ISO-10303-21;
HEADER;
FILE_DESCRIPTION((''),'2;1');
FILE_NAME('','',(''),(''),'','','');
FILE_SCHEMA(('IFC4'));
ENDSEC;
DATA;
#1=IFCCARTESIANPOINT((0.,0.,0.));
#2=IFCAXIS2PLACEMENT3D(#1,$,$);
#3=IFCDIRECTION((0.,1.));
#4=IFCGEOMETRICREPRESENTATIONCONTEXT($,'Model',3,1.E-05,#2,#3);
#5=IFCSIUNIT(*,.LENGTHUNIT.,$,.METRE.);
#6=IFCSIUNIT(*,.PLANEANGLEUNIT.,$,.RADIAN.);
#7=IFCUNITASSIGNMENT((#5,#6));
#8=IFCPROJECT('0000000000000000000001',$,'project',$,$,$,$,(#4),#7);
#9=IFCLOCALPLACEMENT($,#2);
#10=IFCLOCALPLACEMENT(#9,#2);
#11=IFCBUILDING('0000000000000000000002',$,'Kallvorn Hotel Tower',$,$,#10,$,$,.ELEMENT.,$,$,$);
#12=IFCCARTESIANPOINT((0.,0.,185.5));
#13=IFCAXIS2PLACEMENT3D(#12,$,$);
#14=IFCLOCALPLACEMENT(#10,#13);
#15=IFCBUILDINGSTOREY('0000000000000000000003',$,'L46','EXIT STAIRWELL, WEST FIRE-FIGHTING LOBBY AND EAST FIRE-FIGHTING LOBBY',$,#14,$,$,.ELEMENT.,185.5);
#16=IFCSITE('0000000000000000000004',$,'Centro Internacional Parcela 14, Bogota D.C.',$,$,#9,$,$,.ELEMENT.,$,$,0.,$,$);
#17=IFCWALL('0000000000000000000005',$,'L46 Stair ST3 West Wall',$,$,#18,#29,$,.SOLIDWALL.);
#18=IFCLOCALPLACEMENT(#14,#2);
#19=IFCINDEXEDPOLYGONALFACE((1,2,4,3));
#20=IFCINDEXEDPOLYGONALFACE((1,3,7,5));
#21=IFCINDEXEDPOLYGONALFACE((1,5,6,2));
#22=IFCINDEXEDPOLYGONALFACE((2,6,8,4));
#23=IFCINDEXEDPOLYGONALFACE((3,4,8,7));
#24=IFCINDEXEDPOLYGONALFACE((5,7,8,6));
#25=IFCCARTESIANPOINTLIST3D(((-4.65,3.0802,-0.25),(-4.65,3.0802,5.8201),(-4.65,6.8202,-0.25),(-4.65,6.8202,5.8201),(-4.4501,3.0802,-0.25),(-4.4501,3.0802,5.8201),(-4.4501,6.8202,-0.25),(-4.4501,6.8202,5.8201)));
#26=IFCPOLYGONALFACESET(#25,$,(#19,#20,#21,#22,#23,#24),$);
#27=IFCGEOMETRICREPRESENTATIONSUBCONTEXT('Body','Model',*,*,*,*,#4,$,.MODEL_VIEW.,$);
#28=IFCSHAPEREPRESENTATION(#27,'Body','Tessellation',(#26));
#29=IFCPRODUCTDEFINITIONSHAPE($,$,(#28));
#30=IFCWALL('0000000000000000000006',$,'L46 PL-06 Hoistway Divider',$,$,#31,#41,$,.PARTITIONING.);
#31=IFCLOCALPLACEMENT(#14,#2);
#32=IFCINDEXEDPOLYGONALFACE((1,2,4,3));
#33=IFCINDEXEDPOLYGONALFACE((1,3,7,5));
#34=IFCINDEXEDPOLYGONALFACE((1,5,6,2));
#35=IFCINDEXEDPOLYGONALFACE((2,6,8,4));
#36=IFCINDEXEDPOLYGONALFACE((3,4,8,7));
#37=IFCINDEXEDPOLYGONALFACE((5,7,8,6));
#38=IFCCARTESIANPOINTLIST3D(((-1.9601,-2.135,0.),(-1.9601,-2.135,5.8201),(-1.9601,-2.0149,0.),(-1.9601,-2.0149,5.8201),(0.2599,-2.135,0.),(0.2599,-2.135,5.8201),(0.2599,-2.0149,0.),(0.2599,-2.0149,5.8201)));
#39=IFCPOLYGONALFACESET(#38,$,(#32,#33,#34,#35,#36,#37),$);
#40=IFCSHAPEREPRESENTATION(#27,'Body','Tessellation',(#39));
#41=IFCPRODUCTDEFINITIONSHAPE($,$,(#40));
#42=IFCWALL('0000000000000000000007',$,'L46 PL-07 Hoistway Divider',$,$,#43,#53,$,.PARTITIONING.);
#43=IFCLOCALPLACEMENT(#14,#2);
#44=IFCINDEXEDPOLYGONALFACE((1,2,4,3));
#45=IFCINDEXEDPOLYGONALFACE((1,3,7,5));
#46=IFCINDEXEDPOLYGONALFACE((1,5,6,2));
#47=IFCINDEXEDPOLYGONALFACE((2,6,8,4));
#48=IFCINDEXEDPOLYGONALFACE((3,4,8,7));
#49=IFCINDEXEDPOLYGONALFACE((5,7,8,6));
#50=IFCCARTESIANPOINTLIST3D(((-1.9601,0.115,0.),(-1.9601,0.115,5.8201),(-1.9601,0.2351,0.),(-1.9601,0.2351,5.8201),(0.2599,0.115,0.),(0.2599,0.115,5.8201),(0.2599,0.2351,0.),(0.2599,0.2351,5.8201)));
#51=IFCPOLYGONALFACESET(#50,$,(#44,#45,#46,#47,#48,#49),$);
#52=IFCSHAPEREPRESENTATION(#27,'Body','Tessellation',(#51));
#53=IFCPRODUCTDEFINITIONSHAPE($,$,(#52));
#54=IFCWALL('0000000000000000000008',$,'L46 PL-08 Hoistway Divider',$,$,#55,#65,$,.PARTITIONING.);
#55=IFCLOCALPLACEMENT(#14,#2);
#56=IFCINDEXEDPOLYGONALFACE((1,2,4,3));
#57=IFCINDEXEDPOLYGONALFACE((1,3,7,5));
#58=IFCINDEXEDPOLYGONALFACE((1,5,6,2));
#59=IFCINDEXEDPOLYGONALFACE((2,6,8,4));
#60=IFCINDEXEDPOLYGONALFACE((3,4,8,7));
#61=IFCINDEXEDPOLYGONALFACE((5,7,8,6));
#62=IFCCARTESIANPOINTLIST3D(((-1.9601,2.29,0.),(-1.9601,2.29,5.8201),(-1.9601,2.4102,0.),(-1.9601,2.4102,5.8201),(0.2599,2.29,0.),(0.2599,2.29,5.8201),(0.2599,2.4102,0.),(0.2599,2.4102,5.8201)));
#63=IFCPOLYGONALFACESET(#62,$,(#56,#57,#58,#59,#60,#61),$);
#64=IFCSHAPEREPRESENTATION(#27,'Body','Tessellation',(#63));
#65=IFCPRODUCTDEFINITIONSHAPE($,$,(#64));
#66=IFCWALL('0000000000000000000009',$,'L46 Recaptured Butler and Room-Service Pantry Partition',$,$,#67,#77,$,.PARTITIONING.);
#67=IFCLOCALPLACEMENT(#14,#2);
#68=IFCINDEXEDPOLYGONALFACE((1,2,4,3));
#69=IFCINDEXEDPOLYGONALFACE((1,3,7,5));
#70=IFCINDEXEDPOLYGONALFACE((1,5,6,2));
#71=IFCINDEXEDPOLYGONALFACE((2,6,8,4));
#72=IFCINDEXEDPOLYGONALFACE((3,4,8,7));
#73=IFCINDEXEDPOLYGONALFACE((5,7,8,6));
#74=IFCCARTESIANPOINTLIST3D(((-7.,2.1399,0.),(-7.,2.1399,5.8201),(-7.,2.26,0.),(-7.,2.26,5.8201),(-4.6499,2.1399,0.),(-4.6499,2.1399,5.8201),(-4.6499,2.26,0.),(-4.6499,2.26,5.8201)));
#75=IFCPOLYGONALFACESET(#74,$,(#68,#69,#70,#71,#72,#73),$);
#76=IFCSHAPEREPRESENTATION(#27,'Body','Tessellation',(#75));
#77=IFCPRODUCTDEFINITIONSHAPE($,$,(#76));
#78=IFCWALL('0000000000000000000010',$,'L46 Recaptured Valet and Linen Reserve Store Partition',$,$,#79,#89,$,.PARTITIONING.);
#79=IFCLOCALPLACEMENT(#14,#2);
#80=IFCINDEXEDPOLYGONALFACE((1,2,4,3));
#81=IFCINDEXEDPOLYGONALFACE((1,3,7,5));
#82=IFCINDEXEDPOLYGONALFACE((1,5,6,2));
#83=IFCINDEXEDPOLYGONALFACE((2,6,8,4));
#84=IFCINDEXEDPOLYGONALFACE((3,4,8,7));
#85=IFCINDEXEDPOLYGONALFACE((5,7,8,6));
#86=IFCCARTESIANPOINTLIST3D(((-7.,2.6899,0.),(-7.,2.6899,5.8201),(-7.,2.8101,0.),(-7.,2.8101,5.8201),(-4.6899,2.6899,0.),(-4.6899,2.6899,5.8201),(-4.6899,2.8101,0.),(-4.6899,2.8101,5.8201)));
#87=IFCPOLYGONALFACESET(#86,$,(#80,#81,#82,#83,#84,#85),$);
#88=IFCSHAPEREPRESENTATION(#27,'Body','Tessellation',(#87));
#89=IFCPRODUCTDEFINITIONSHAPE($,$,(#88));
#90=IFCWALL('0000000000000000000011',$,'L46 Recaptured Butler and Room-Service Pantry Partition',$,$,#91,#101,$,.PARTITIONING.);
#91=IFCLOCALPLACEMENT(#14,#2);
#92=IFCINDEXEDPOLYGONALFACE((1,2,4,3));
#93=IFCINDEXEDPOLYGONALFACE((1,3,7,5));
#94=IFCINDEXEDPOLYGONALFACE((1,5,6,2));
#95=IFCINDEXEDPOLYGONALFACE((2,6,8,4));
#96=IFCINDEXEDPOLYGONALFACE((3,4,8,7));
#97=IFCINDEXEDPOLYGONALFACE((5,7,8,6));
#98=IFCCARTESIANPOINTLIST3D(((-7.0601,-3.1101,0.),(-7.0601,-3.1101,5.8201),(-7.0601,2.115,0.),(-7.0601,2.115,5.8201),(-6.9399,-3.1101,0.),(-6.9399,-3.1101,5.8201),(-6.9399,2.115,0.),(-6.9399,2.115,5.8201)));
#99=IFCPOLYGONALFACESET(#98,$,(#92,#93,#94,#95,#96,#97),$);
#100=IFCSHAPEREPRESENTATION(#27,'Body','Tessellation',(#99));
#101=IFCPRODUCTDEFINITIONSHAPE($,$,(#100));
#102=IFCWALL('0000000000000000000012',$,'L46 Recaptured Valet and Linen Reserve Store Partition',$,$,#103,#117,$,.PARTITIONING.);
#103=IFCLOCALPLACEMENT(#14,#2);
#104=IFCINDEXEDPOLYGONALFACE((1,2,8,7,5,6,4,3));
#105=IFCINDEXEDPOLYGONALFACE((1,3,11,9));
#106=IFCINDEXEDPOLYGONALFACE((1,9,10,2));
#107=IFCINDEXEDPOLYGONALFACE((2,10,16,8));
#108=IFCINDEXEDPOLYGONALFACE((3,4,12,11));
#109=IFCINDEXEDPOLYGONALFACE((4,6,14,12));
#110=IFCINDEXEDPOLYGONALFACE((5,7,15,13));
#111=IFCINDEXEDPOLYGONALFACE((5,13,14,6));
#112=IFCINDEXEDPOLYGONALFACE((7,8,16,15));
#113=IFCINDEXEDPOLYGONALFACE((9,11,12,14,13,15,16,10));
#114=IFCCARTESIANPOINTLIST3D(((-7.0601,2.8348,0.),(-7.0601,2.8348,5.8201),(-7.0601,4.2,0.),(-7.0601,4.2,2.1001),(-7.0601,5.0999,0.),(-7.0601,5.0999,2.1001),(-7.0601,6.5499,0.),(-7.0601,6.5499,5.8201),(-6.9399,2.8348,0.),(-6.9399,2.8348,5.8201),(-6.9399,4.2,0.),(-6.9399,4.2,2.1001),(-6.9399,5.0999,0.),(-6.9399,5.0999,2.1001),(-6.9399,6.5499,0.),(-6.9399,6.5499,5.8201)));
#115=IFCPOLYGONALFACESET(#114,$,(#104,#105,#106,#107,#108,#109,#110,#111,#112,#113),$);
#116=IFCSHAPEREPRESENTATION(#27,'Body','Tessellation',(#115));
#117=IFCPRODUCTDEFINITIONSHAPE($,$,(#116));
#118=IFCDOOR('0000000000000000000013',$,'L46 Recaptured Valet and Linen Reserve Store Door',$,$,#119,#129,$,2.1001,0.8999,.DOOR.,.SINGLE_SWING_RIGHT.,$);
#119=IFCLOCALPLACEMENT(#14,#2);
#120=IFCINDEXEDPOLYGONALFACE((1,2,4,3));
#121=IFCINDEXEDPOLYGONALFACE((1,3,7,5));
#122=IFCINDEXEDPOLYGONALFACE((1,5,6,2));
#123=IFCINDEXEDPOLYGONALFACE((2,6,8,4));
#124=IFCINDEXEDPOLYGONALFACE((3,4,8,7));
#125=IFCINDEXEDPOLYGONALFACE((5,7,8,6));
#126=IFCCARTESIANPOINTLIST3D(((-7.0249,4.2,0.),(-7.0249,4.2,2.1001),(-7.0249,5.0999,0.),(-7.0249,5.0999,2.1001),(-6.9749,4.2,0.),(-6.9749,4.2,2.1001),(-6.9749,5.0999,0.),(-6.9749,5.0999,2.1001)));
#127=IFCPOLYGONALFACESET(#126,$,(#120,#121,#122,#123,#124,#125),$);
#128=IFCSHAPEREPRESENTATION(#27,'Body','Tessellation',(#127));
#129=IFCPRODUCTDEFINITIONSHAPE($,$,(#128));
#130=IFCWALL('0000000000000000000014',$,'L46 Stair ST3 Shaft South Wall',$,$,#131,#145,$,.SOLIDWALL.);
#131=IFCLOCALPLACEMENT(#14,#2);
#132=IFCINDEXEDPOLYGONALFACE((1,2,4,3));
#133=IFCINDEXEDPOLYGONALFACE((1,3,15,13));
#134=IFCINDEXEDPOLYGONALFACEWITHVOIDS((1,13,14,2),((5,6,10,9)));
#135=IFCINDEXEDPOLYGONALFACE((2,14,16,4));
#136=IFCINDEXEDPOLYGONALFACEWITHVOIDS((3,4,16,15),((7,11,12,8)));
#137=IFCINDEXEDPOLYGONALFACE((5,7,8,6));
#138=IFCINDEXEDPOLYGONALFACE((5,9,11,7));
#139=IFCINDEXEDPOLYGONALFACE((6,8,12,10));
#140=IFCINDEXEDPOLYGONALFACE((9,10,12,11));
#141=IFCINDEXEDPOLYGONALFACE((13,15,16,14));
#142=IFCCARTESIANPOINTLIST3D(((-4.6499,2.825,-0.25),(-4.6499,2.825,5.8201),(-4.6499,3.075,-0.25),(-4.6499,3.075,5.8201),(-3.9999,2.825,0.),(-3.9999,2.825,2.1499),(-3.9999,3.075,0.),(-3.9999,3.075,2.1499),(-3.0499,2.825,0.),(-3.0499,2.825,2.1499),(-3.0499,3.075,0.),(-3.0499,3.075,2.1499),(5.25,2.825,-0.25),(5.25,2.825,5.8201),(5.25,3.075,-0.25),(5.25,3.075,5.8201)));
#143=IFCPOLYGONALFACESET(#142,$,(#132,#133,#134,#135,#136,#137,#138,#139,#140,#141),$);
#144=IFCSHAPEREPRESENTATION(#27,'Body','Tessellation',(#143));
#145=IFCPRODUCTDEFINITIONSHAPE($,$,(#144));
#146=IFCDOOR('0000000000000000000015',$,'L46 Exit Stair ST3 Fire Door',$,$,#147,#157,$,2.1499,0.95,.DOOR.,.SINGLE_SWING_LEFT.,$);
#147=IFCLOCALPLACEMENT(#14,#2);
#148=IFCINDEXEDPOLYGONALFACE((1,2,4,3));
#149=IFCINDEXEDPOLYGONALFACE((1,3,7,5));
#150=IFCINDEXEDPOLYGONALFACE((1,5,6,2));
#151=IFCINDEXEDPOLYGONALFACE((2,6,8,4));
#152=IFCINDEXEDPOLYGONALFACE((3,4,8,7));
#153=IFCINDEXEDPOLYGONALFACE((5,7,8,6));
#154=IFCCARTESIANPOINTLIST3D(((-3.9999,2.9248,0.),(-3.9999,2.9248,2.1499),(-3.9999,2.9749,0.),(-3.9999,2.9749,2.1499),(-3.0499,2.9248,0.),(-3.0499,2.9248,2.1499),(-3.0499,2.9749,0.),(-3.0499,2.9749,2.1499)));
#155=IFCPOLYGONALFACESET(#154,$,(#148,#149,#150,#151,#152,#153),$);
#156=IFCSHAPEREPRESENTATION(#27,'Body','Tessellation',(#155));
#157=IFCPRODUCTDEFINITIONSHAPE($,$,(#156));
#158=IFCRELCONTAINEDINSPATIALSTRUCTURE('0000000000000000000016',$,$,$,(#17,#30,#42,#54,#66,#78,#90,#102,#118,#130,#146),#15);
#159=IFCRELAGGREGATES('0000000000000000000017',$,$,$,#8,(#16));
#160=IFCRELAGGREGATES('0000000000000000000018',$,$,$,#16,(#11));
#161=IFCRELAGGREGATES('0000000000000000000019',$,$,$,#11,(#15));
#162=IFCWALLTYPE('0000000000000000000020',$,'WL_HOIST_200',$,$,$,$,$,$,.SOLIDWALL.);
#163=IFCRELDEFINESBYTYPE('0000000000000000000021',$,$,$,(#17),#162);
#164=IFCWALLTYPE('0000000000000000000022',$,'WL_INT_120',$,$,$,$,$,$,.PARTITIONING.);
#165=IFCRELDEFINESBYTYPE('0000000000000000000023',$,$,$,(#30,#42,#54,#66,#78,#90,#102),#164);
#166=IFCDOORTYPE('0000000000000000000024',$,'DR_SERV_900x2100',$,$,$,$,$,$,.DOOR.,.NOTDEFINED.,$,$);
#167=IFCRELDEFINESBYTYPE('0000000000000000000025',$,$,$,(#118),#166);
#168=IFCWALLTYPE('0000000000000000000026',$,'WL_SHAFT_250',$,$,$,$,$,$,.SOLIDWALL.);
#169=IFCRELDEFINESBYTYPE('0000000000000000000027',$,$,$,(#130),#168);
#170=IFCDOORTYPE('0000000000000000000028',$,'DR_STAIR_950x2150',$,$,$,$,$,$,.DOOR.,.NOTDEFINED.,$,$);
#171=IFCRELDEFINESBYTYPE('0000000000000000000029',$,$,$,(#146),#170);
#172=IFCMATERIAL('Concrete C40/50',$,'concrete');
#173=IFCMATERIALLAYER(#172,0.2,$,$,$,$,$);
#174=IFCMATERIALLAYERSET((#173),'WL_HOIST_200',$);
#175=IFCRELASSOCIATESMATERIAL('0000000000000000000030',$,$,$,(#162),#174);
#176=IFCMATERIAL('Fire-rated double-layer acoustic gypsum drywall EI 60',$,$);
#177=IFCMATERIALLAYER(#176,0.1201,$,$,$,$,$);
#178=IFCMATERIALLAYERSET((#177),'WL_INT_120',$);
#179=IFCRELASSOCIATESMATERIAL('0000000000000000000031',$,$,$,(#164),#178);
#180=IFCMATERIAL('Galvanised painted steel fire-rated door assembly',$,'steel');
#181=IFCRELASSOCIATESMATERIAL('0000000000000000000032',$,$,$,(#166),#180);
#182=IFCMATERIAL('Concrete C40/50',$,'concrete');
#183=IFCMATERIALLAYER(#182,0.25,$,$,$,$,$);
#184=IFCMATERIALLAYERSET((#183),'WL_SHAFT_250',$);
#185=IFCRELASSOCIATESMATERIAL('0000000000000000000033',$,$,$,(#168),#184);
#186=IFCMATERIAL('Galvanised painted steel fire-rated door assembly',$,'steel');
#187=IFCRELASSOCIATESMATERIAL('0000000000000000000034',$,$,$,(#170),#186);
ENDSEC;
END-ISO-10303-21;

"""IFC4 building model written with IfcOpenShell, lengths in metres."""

from ifc_helpers import new_model, si_unit, direction, frame, frame_2d, origin, place, context, subcontext, project, spatial, rectangle, extrude, material, layer, layer_set, type_object, element, fill, save


model = new_model("IFC4")

# Units and contexts
model_context = context("Model", 3, precision=1e-05, world=origin(), true_north=direction((0.0, 1.0)))
body_context = subcontext(model_context, "Body", "Model", "MODEL_VIEW")
ifc_project = project(units=[si_unit("LENGTHUNIT", "METRE"), si_unit("PLANEANGLEUNIT", "RADIAN")], contexts=[model_context])

# Site, building, storey
site_placement = place(None, origin())
site = spatial("IfcSite", under=ifc_project, at=site_placement, Name="Centro Internacional Parcela 14, Bogota D.C.", CompositionType="ELEMENT", RefElevation=0.0)
building_placement = place(site_placement, origin())
building = spatial("IfcBuilding", under=site, at=building_placement, Name="Kallvorn Hotel Tower", CompositionType="ELEMENT")
storey_placement = place(building_placement, frame((0.0, 0.0, 185.5)))
storey = spatial("IfcBuildingStorey", under=building, at=storey_placement, Name="L46", Description="EXIT STAIRWELL, WEST FIRE-FIGHTING LOBBY AND EAST FIRE-FIGHTING LOBBY", CompositionType="ELEMENT", Elevation=185.5)

# Walls
ifc_material_1 = material(Name="Concrete C40/50", Category="concrete")
ifc_layer_1 = layer(ifc_material_1, 0.2)
ifc_layer_set_1 = layer_set([ifc_layer_1], Name="WL_HOIST_200")
wall_type_1 = type_object("IfcWallType", Name="WL_HOIST_200", PredefinedType="SOLIDWALL", material=ifc_layer_set_1)
wall_1_placement = place(storey_placement, frame((-4.55, 3.0801, -0.25), z_axis=(0.0, 0.0, 1.0), x_axis=(0.0, 1.0, 0.0)))
element("IfcWall", 1, at=wall_1_placement, inside=storey, type_object=wall_type_1, Name="L46 Stair ST3 West Wall", PredefinedType="SOLIDWALL", context=body_context, shape_type="SweptSolid", body=[
    extrude(rectangle(XDim=3.74, YDim=0.2, at=frame_2d((1.8701, 0.0))), origin(), (0.0, 0.0, 1.0), 6.0701),
])
ifc_material_2 = material(Name="Fire-rated double-layer acoustic gypsum drywall EI 60")
ifc_layer_2 = layer(ifc_material_2, 0.1201)
ifc_layer_set_2 = layer_set([ifc_layer_2], Name="WL_INT_120")
wall_type_2 = type_object("IfcWallType", Name="WL_INT_120", PredefinedType="PARTITIONING", material=ifc_layer_set_2)
for number, where, z_axis, x_axis, name in (
    (2, (-1.96, -2.075, 0.0), (0.0, 0.0, 1.0), (1.0, 0.0, 0.0), "L46 PL-06 Hoistway Divider"),
    (3, (-1.96, 0.175, 0.0), (0.0, 0.0, 1.0), (1.0, 0.0, 0.0), "L46 PL-07 Hoistway Divider"),
    (4, (-1.96, 2.3501, 0.0), (0.0, 0.0, 1.0), (1.0, 0.0, 0.0), "L46 PL-08 Hoistway Divider"),
):
    element("IfcWall", number, at=place(storey_placement, frame(where, z_axis=z_axis, x_axis=x_axis)), inside=storey, type_object=wall_type_2, Name=name, PredefinedType="PARTITIONING", context=body_context, shape_type="SweptSolid", body=[
        extrude(rectangle(XDim=2.22, YDim=0.1201, at=frame_2d((1.1099, 0.0))), origin(), (0.0, 0.0, 1.0), 5.8201),
    ])
wall_2_placement = place(storey_placement, frame((-7.0, 2.2, 0.0), z_axis=(0.0, 0.0, 1.0), x_axis=(1.0, 0.0, 0.0)))
element("IfcWall", 5, at=wall_2_placement, inside=storey, type_object=wall_type_2, Name="L46 Recaptured Butler and Room-Service Pantry Partition", PredefinedType="PARTITIONING", context=body_context, shape_type="SweptSolid", body=[
    extrude(rectangle(XDim=2.3501, YDim=0.1201, at=frame_2d((1.175, 0.0))), origin(), (0.0, 0.0, 1.0), 5.8201),
])
wall_3_placement = place(storey_placement, frame((-7.0, 2.75, 0.0), z_axis=(0.0, 0.0, 1.0), x_axis=(1.0, 0.0, 0.0)))
element("IfcWall", 6, at=wall_3_placement, inside=storey, type_object=wall_type_2, Name="L46 Recaptured Valet and Linen Reserve Store Partition", PredefinedType="PARTITIONING", context=body_context, shape_type="SweptSolid", body=[
    extrude(rectangle(XDim=2.3101, YDim=0.1201, at=frame_2d((1.155, 0.0))), origin(), (0.0, 0.0, 1.0), 5.8201),
])
wall_4_placement = place(storey_placement, frame((-7.0, -3.1101, 0.0), z_axis=(0.0, 0.0, 1.0), x_axis=(0.0, 1.0, 0.0)))
element("IfcWall", 7, at=wall_4_placement, inside=storey, type_object=wall_type_2, Name="L46 Recaptured Butler and Room-Service Pantry Partition", PredefinedType="PARTITIONING", context=body_context, shape_type="SweptSolid", body=[
    extrude(rectangle(XDim=5.2251, YDim=0.1201, at=frame_2d((2.6125, 0.0))), origin(), (0.0, 0.0, 1.0), 5.8201),
])

# Walls, openings, doors
wall_5_placement = place(storey_placement, frame((-7.0, 2.835, 0.0), z_axis=(0.0, 0.0, 1.0), x_axis=(0.0, 1.0, 0.0)))
wall_5 = element("IfcWall", 8, at=wall_5_placement, inside=storey, type_object=wall_type_2, Name="L46 Recaptured Valet and Linen Reserve Store Partition", PredefinedType="PARTITIONING", context=body_context, shape_type="SweptSolid", body=[
    extrude(rectangle(XDim=3.7151, YDim=0.1201, at=frame_2d((1.8574, 0.0))), origin(), (0.0, 0.0, 1.0), 5.8201),
])
opening_1_placement = place(wall_5_placement, frame((1.365, 0.0, 0.0)))
opening_1 = element("IfcOpeningElement", 9, at=opening_1_placement, cuts=wall_5, PredefinedType="OPENING", context=body_context, shape_type="SweptSolid", body=[
    extrude(rectangle(XDim=0.8999, YDim=2.1001, at=frame_2d((0.45, 1.05))), frame((0.0, 0.075, 0.0), z_axis=(0.0, -1.0, 0.0), x_axis=(1.0, 0.0, 0.0)), (0.0, 0.0, 1.0), 0.1501),
])
ifc_material_3 = material(Name="Galvanised painted steel fire-rated door assembly", Category="steel")
door_type_1 = type_object("IfcDoorType", Name="DR_SERV_900x2100", OperationType="NOTDEFINED", PredefinedType="DOOR", material=ifc_material_3)
door_1_placement = place(opening_1_placement, origin())
door_1 = element("IfcDoor", 10, at=door_1_placement, inside=storey, type_object=door_type_1, Name="L46 Recaptured Valet and Linen Reserve Store Door", OperationType="SINGLE_SWING_RIGHT", OverallHeight=2.1001, OverallWidth=0.8999, PredefinedType="DOOR", context=body_context, shape_type="SweptSolid", body=[
    extrude(rectangle(XDim=0.8999, YDim=2.1001, at=frame_2d((0.45, 1.05))), frame((0.0, 0.0249, 0.0), z_axis=(0.0, -1.0, 0.0), x_axis=(1.0, 0.0, 0.0)), (0.0, 0.0, 1.0), 0.05),
])
fill(opening_1, door_1)
ifc_material_4 = material(Name="Concrete C40/50", Category="concrete")
ifc_layer_3 = layer(ifc_material_4, 0.25)
ifc_layer_set_3 = layer_set([ifc_layer_3], Name="WL_SHAFT_250")
wall_type_3 = type_object("IfcWallType", Name="WL_SHAFT_250", PredefinedType="SOLIDWALL", material=ifc_layer_set_3)
wall_6_placement = place(storey_placement, frame((-4.6499, 2.95, -0.25), z_axis=(0.0, 0.0, 1.0), x_axis=(1.0, 0.0, 0.0)))
wall_6 = element("IfcWall", 11, at=wall_6_placement, inside=storey, type_object=wall_type_3, Name="L46 Stair ST3 Shaft South Wall", PredefinedType="SOLIDWALL", context=body_context, shape_type="SweptSolid", body=[
    extrude(rectangle(XDim=9.8999, YDim=0.25, at=frame_2d((4.95, 0.0))), origin(), (0.0, 0.0, 1.0), 6.0701),
])
opening_2_placement = place(wall_6_placement, frame((0.6499, 0.0, 0.25)))
opening_2 = element("IfcOpeningElement", 12, at=opening_2_placement, cuts=wall_6, PredefinedType="OPENING", context=body_context, shape_type="SweptSolid", body=[
    extrude(rectangle(XDim=0.95, YDim=2.1499, at=frame_2d((0.4751, 1.075))), frame((0.0, 0.1399, 0.0), z_axis=(0.0, -1.0, 0.0), x_axis=(1.0, 0.0, 0.0)), (0.0, 0.0, 1.0), 0.28),
])
ifc_material_5 = material(Name="Galvanised painted steel fire-rated door assembly", Category="steel")
door_type_2 = type_object("IfcDoorType", Name="DR_STAIR_950x2150", OperationType="NOTDEFINED", PredefinedType="DOOR", material=ifc_material_5)
door_2_placement = place(opening_2_placement, origin())
door_2 = element("IfcDoor", 13, at=door_2_placement, inside=storey, type_object=door_type_2, Name="L46 Exit Stair ST3 Fire Door", OperationType="SINGLE_SWING_LEFT", OverallHeight=2.1499, OverallWidth=0.95, PredefinedType="DOOR", context=body_context, shape_type="SweptSolid", body=[
    extrude(rectangle(XDim=0.95, YDim=2.1499, at=frame_2d((0.4751, 1.075))), frame((0.0, 0.0249, 0.0), z_axis=(0.0, -1.0, 0.0), x_axis=(1.0, 0.0, 0.0)), (0.0, 0.0, 1.0), 0.05),
])
fill(opening_2, door_2)

save(model, "model.ifc")
